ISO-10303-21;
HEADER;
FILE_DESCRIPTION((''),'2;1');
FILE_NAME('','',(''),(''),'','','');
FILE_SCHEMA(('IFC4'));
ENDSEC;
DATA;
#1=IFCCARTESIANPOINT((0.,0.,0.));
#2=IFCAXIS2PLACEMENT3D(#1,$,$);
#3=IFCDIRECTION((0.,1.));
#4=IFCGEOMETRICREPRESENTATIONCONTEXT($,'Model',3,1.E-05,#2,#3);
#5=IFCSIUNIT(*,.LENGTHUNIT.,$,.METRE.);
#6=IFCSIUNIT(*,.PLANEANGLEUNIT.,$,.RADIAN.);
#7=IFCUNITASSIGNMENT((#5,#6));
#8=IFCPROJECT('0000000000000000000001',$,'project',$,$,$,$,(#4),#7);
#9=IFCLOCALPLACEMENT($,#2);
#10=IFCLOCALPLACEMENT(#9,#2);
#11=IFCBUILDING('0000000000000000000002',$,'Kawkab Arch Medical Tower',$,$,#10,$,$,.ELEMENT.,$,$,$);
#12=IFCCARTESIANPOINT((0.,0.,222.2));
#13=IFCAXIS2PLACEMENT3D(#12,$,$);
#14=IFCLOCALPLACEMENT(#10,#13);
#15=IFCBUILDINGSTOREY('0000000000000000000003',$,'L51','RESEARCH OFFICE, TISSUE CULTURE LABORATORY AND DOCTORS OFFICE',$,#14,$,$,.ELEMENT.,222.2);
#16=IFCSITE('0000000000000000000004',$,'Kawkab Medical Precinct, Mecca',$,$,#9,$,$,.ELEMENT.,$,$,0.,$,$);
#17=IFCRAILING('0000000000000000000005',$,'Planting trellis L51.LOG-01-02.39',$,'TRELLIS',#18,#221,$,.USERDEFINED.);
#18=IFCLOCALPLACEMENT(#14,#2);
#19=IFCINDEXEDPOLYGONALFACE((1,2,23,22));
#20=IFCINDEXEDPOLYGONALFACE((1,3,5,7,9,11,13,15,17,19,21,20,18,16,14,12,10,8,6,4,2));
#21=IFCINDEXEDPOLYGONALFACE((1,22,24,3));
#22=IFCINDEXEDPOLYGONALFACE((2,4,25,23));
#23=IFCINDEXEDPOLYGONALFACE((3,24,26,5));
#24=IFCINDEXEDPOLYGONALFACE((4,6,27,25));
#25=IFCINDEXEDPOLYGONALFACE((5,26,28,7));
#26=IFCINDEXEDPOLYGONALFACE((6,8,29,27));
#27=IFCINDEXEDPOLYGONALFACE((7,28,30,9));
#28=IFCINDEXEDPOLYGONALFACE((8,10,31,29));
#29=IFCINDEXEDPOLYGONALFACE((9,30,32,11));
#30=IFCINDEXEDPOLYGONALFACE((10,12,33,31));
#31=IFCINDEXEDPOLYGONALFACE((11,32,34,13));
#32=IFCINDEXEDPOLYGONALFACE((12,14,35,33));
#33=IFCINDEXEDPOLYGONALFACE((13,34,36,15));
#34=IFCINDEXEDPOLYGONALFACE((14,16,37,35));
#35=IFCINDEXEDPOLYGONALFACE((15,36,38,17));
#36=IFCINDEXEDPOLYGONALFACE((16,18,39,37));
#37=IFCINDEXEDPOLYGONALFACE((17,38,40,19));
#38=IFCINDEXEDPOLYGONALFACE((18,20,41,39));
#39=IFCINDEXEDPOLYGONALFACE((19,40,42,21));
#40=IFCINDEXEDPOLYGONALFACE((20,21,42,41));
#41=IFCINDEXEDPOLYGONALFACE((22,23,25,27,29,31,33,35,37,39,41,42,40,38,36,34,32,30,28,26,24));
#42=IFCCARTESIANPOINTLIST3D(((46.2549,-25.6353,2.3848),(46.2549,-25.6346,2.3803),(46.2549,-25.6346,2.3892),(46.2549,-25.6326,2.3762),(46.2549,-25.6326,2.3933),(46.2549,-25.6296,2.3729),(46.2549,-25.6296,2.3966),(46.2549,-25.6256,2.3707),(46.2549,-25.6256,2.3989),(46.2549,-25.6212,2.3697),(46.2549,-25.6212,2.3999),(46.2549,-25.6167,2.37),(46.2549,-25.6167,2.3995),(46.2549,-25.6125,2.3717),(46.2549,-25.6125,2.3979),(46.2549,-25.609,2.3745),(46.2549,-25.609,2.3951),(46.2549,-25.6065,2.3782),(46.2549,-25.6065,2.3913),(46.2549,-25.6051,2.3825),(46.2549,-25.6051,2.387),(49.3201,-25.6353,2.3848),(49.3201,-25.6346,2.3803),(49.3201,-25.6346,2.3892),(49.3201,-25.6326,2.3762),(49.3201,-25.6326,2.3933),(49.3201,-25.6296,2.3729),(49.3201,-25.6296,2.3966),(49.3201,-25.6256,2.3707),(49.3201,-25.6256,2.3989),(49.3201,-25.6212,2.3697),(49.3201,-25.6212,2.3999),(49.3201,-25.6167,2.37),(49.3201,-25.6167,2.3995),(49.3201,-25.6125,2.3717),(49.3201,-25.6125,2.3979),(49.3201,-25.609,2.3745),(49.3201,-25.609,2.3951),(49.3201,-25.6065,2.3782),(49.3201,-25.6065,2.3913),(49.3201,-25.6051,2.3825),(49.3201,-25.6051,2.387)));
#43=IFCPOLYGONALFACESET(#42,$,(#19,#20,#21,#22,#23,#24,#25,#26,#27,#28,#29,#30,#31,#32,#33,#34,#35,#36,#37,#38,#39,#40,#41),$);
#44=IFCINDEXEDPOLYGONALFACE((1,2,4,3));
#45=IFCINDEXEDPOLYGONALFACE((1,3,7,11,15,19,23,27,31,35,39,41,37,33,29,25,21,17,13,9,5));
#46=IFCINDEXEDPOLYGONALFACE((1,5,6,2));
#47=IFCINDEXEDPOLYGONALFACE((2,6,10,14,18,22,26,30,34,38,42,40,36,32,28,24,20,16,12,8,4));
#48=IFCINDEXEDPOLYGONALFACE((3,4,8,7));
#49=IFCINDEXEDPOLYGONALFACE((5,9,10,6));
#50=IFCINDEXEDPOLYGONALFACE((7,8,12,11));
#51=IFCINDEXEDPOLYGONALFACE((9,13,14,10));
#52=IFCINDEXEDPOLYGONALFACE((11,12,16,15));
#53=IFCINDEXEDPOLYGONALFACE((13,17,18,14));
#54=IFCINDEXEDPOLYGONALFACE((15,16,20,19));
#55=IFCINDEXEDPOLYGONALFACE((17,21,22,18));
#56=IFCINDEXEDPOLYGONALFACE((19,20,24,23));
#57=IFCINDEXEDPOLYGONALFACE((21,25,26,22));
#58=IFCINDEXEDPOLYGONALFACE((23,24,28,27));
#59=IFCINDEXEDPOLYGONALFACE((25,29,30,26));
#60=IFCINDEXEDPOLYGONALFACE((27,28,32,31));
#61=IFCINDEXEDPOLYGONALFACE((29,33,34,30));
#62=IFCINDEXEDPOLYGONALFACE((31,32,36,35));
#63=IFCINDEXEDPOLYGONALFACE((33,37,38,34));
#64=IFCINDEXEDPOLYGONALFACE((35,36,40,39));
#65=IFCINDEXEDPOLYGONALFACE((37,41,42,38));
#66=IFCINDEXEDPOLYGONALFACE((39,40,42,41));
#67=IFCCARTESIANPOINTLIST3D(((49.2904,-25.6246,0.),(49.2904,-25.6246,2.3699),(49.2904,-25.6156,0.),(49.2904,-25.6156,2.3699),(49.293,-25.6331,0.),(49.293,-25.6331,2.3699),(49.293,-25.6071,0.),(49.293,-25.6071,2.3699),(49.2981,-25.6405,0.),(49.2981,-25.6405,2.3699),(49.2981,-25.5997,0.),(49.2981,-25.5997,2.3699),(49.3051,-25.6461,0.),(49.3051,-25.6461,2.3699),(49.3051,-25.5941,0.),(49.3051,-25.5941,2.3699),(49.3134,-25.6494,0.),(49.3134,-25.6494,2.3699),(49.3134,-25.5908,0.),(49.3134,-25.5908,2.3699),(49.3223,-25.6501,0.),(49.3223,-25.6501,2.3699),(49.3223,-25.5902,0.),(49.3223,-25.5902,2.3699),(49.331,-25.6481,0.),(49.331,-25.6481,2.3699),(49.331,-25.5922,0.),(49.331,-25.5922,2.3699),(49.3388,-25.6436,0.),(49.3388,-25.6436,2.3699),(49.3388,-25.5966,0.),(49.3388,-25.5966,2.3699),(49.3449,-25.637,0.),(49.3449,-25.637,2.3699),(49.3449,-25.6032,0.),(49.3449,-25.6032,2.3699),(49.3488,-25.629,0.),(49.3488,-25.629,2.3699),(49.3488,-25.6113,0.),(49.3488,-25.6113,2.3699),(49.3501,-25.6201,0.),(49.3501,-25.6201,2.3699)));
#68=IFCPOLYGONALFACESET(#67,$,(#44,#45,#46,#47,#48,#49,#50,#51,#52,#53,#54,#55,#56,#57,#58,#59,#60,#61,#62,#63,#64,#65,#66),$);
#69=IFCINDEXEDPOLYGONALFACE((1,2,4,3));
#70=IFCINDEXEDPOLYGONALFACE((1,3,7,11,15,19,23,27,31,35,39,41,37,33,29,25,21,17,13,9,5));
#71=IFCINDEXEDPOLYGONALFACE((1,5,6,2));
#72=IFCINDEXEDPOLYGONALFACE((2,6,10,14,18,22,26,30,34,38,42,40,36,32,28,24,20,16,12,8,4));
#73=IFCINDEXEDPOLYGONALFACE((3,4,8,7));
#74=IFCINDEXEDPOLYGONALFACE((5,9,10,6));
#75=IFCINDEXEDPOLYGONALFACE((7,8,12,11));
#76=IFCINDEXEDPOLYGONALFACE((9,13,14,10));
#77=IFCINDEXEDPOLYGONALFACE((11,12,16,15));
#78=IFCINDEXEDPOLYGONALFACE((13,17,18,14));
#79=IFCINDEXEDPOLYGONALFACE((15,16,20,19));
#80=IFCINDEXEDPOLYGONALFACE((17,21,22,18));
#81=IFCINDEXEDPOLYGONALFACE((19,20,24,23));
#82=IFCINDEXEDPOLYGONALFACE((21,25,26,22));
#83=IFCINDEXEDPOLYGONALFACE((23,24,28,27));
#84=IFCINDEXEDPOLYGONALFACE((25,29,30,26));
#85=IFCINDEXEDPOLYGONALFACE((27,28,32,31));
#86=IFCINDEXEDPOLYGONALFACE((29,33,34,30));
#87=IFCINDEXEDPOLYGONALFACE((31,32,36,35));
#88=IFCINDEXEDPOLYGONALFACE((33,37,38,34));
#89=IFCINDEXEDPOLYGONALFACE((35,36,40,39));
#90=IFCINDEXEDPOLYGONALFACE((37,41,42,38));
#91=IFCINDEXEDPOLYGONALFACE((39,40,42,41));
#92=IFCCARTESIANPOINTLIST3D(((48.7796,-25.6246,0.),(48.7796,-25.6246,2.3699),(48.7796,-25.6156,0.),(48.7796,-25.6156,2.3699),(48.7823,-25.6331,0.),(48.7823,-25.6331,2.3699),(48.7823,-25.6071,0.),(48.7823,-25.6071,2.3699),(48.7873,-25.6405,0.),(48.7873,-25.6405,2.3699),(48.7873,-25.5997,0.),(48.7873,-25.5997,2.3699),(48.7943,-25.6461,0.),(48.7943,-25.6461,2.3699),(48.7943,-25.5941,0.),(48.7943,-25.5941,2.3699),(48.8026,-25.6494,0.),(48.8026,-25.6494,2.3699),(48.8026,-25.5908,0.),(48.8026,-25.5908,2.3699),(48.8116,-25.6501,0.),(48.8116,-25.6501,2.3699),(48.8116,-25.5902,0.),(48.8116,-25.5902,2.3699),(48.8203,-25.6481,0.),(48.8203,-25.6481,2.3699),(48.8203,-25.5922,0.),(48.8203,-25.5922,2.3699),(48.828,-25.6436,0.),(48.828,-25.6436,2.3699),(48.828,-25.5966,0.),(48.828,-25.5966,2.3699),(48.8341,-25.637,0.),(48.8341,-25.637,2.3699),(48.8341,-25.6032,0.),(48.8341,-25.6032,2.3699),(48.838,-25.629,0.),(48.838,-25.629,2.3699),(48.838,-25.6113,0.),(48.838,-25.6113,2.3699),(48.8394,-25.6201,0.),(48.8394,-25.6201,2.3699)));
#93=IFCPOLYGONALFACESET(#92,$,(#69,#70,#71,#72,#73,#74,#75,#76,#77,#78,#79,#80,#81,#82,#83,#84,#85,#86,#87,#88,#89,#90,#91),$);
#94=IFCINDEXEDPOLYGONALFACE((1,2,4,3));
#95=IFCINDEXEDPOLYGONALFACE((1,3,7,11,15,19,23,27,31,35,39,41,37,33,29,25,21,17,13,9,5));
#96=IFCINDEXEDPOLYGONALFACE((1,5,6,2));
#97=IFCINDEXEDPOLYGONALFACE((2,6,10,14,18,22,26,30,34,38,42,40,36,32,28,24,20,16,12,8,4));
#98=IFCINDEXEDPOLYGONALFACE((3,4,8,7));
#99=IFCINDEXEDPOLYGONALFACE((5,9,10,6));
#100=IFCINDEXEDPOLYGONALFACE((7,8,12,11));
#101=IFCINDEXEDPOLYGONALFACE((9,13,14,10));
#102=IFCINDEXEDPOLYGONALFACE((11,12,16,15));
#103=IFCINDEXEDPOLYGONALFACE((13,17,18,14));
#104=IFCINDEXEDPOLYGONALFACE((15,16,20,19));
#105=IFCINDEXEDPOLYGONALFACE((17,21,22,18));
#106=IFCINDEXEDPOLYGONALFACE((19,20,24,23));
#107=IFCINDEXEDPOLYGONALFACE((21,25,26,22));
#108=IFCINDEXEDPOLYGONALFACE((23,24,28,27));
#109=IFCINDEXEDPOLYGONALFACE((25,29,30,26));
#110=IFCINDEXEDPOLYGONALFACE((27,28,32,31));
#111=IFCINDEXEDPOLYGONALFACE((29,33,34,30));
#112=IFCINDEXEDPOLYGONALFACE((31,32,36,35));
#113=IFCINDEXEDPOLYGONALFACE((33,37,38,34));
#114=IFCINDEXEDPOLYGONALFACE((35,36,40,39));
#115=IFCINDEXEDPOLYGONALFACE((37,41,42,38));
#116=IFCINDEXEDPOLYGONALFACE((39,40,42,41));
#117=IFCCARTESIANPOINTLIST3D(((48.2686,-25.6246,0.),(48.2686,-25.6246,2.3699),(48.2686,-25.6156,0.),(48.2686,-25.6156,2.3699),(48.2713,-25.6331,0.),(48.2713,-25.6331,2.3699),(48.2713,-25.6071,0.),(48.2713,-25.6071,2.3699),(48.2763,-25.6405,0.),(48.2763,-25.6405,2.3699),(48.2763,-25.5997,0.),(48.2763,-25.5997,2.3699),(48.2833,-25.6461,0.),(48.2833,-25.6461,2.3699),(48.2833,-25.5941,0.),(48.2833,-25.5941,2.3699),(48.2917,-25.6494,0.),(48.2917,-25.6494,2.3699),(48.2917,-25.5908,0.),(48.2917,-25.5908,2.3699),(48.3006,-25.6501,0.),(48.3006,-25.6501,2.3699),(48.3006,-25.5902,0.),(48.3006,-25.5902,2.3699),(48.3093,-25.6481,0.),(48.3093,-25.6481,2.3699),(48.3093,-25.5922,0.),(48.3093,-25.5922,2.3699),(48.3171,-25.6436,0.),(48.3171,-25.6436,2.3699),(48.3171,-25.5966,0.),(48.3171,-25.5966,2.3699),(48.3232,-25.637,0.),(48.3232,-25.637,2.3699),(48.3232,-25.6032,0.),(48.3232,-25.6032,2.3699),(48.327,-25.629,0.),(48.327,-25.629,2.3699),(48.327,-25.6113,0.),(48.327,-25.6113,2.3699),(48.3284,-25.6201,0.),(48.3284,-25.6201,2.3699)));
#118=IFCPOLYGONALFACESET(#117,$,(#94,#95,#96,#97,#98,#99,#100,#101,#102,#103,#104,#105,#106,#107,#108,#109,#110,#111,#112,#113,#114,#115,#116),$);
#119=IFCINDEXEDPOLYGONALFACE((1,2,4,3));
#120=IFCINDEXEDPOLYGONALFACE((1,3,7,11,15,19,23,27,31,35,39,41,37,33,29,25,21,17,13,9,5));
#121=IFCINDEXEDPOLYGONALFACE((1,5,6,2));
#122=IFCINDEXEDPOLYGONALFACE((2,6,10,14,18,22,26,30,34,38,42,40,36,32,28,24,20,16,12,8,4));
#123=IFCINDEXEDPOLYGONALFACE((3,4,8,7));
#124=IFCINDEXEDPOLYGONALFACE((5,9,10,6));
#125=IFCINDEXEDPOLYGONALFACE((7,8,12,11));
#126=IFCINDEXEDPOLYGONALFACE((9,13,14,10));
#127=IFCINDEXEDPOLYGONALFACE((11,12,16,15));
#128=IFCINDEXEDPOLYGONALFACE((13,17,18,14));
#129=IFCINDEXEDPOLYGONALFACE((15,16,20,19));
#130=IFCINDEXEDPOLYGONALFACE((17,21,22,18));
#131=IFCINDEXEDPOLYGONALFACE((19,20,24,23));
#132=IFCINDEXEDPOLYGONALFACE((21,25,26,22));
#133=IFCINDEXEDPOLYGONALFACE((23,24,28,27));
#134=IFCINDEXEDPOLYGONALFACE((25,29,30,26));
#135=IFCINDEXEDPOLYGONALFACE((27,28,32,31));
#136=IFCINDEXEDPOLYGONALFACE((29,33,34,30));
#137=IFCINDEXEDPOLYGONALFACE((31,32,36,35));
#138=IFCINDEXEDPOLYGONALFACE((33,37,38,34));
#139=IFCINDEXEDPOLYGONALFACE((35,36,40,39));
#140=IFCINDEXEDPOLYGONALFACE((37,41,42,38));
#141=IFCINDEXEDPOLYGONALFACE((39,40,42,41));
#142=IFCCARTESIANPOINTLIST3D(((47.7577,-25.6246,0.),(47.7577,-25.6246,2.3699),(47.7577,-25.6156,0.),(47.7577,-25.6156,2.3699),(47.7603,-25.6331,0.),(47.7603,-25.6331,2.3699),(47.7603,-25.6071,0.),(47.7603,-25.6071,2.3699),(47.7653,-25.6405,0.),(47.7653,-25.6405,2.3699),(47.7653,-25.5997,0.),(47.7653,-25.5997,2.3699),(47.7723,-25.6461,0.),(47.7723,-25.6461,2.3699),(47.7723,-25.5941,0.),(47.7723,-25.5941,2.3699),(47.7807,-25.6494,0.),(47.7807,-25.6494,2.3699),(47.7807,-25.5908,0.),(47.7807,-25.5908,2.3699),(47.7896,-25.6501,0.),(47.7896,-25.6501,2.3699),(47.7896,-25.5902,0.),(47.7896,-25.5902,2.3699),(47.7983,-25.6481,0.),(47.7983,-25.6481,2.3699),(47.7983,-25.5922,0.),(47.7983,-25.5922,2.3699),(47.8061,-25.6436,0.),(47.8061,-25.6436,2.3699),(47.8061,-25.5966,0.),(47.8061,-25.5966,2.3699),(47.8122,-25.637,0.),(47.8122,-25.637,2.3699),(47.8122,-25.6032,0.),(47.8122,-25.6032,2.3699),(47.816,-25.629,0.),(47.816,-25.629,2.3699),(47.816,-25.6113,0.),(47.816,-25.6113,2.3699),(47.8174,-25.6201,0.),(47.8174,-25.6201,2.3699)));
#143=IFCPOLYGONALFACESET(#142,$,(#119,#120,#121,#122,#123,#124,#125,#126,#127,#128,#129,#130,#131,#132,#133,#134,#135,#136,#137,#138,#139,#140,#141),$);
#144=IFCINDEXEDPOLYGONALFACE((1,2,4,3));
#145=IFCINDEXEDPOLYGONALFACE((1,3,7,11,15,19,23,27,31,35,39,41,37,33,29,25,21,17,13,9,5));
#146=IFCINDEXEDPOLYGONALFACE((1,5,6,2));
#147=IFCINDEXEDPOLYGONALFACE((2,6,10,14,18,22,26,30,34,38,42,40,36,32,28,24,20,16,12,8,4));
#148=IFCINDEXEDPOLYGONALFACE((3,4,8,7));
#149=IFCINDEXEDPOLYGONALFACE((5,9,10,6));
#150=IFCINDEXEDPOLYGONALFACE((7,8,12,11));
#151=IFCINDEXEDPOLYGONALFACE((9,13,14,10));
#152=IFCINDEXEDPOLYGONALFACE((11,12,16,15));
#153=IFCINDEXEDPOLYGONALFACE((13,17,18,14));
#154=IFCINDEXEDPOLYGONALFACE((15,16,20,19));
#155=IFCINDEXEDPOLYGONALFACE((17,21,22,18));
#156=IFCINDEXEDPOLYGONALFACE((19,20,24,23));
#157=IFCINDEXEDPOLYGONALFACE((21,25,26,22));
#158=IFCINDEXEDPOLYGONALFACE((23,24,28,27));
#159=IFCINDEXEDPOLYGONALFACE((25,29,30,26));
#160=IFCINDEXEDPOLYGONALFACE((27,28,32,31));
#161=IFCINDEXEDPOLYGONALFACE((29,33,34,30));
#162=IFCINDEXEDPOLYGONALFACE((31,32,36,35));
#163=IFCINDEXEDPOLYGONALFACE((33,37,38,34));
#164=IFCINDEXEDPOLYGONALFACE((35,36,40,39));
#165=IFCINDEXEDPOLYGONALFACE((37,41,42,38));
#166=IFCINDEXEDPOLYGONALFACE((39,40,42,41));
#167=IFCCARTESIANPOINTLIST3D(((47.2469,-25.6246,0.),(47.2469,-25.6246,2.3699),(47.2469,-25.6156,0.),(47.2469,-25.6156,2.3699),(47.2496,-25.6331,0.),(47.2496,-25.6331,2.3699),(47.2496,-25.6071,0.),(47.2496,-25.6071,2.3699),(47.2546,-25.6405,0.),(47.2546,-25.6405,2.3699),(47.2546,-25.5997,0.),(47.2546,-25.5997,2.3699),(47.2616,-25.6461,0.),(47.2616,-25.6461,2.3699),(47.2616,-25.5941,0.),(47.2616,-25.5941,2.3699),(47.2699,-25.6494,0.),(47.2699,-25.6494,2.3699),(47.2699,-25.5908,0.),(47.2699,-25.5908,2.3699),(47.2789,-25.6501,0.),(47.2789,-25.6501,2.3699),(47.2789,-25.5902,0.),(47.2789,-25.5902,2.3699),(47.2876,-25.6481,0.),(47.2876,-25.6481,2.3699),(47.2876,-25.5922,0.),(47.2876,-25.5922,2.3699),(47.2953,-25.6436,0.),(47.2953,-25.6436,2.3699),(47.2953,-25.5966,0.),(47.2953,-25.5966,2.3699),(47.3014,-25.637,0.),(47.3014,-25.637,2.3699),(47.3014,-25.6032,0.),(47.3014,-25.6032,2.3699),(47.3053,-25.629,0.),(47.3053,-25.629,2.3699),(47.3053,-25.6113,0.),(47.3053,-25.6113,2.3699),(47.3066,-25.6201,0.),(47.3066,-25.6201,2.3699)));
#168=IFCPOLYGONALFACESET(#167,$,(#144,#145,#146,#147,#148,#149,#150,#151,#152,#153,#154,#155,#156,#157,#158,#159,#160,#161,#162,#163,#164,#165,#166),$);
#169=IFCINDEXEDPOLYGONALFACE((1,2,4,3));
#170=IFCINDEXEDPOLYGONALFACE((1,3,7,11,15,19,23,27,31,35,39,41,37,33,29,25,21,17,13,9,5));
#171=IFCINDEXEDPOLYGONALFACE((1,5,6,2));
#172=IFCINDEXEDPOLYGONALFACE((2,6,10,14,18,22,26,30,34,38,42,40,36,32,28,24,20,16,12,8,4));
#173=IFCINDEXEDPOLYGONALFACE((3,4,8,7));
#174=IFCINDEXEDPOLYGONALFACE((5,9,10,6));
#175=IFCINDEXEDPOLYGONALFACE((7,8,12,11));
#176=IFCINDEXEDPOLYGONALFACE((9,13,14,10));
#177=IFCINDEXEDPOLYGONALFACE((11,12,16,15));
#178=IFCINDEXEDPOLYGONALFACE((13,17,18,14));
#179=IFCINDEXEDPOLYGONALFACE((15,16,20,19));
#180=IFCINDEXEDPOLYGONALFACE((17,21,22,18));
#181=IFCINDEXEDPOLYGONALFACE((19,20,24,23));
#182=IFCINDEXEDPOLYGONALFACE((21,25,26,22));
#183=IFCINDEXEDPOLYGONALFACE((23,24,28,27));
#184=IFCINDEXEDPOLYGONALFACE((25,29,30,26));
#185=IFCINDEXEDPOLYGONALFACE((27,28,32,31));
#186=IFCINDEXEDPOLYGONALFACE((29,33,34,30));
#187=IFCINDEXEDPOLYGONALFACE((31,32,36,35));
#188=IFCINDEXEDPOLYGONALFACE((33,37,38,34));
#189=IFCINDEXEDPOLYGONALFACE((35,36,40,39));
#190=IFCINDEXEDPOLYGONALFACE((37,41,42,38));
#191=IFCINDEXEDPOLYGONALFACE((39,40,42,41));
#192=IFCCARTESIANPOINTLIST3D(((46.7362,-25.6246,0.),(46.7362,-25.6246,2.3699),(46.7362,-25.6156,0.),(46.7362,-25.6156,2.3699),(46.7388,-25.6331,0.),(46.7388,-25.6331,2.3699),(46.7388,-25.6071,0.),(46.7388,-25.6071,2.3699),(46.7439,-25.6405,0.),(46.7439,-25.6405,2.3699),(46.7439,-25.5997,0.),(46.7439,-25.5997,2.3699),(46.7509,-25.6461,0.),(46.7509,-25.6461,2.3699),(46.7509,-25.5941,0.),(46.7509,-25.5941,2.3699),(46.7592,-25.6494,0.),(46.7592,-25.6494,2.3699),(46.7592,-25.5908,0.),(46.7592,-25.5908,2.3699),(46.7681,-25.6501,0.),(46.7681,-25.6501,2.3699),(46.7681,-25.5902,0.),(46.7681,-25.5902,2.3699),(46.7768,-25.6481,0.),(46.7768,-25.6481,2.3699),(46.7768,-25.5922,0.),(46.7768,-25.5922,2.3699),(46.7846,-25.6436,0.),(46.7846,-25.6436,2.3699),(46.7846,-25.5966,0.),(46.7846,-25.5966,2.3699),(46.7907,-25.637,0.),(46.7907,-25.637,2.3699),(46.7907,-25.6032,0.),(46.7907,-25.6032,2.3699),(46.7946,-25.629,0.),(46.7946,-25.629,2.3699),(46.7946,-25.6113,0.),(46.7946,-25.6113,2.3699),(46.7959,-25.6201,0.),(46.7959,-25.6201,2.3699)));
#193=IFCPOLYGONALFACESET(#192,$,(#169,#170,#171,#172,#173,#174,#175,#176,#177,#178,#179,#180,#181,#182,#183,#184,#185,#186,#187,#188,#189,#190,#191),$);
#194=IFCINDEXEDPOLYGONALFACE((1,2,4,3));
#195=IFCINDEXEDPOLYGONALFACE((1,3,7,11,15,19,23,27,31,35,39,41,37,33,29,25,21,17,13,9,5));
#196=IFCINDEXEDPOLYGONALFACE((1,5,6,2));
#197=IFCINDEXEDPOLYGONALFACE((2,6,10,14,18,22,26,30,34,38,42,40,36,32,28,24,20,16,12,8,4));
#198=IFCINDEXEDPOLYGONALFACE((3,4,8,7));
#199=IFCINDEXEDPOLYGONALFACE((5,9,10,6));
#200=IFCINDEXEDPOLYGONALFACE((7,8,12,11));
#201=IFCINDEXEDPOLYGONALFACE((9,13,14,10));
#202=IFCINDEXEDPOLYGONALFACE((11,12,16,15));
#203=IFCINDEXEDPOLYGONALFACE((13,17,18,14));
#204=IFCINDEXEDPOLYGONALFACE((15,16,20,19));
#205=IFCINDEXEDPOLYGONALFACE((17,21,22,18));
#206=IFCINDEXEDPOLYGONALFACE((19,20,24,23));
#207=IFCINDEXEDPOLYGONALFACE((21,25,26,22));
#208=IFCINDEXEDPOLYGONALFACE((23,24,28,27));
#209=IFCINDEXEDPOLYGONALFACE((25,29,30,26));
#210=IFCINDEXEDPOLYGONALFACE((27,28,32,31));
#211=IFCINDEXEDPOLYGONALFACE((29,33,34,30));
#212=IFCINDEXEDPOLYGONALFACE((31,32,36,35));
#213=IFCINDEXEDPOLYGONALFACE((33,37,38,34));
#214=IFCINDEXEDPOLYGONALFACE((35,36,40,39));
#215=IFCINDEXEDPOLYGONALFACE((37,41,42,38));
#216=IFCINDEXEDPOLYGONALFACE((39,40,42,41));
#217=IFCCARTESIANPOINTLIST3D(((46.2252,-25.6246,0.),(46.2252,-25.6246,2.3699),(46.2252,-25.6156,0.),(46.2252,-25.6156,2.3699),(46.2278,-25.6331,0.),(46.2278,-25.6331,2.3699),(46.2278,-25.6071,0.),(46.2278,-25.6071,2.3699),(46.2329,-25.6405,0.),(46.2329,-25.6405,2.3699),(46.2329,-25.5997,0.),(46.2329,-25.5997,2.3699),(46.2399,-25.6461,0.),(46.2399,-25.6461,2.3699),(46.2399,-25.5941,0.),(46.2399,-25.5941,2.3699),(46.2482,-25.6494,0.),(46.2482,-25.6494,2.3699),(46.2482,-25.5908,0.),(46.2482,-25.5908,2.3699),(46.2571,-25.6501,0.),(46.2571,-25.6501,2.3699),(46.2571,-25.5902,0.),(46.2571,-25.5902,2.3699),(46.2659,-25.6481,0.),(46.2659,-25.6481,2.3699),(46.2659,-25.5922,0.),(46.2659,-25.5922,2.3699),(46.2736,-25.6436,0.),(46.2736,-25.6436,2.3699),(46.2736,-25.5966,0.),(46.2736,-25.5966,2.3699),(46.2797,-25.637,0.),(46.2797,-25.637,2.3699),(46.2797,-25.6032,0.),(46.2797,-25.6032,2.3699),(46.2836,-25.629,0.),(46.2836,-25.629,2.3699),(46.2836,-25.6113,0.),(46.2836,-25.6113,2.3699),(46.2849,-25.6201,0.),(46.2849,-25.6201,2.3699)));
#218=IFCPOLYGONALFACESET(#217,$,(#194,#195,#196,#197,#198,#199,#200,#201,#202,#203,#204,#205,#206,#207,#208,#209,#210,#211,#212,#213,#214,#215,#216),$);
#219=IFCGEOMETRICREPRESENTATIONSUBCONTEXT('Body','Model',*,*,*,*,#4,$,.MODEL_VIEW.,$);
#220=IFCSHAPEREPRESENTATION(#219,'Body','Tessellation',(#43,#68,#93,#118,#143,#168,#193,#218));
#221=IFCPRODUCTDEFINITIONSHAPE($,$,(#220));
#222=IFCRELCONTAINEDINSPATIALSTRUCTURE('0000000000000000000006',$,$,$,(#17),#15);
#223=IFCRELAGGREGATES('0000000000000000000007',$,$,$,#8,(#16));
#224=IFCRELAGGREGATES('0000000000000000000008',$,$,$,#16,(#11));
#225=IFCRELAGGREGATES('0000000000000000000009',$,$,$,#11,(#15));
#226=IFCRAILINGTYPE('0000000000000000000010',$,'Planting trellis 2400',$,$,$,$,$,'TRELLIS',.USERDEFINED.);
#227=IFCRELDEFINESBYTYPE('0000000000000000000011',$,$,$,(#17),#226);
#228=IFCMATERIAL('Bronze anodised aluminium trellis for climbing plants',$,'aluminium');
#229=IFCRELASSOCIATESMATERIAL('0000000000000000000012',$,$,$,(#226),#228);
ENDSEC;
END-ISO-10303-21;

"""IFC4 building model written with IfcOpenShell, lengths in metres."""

from ifc_helpers import new_model, si_unit, direction, frame, origin, origin_2d, place, context, subcontext, project, spatial, circle, extrude, material, type_object, element, save


model = new_model("IFC4")

# Units and contexts
model_context = context("Model", 3, precision=1e-05, world=origin(), true_north=direction((0.0, 1.0)))
body_context = subcontext(model_context, "Body", "Model", "MODEL_VIEW")
ifc_project = project(units=[si_unit("LENGTHUNIT", "METRE"), si_unit("PLANEANGLEUNIT", "RADIAN")], contexts=[model_context])

# Site, building, storey
site_placement = place(None, origin())
site = spatial("IfcSite", under=ifc_project, at=site_placement, Name="Kawkab Medical Precinct, Mecca", CompositionType="ELEMENT", RefElevation=0.0)
building_placement = place(site_placement, origin())
building = spatial("IfcBuilding", under=site, at=building_placement, Name="Kawkab Arch Medical Tower", CompositionType="ELEMENT")
storey_placement = place(building_placement, frame((0.0, 0.0, 222.2)))
storey = spatial("IfcBuildingStorey", under=building, at=storey_placement, Name="L51", Description="RESEARCH OFFICE, TISSUE CULTURE LABORATORY AND DOCTORS OFFICE", CompositionType="ELEMENT", Elevation=222.2)

# Railing
ifc_material_1 = material(Name="Bronze anodised aluminium trellis for climbing plants", Category="aluminium")
railing_type_1 = type_object("IfcRailingType", Name="Planting trellis 2400", ElementType="TRELLIS", PredefinedType="USERDEFINED", material=ifc_material_1)
railing_1_placement = place(storey_placement, frame((49.3201, -25.6201, 0.0)))
element("IfcRailing", 1, at=railing_1_placement, inside=storey, type_object=railing_type_1, Name="Planting trellis L51.LOG-01-02.39", ObjectType="TRELLIS", PredefinedType="USERDEFINED", context=body_context, shape_type="SweptSolid", body=[
    extrude(circle(Radius=0.0151, at=origin_2d()), frame((0.0, 0.0, 2.3848), z_axis=(-1.0, 0.0, 0.0), x_axis=(0.0, -1.0, 0.0)), (0.0, 0.0, 1.0), 3.0652),
    extrude(circle(Radius=0.03, at=origin_2d()), origin(), (0.0, 0.0, 1.0), 2.3699),
    extrude(circle(Radius=0.03, at=origin_2d()), frame((-0.5107, 0.0, 0.0)), (0.0, 0.0, 1.0), 2.3699),
    extrude(circle(Radius=0.03, at=origin_2d()), frame((-1.0217, 0.0, 0.0)), (0.0, 0.0, 1.0), 2.3699),
    extrude(circle(Radius=0.03, at=origin_2d()), frame((-1.5327, 0.0, 0.0)), (0.0, 0.0, 1.0), 2.3699),
    extrude(circle(Radius=0.03, at=origin_2d()), frame((-2.0435, 0.0, 0.0)), (0.0, 0.0, 1.0), 2.3699),
    extrude(circle(Radius=0.03, at=origin_2d()), frame((-2.5542, 0.0, 0.0)), (0.0, 0.0, 1.0), 2.3699),
    extrude(circle(Radius=0.03, at=origin_2d()), frame((-3.0652, 0.0, 0.0)), (0.0, 0.0, 1.0), 2.3699),
])

save(model, "model.ifc")
